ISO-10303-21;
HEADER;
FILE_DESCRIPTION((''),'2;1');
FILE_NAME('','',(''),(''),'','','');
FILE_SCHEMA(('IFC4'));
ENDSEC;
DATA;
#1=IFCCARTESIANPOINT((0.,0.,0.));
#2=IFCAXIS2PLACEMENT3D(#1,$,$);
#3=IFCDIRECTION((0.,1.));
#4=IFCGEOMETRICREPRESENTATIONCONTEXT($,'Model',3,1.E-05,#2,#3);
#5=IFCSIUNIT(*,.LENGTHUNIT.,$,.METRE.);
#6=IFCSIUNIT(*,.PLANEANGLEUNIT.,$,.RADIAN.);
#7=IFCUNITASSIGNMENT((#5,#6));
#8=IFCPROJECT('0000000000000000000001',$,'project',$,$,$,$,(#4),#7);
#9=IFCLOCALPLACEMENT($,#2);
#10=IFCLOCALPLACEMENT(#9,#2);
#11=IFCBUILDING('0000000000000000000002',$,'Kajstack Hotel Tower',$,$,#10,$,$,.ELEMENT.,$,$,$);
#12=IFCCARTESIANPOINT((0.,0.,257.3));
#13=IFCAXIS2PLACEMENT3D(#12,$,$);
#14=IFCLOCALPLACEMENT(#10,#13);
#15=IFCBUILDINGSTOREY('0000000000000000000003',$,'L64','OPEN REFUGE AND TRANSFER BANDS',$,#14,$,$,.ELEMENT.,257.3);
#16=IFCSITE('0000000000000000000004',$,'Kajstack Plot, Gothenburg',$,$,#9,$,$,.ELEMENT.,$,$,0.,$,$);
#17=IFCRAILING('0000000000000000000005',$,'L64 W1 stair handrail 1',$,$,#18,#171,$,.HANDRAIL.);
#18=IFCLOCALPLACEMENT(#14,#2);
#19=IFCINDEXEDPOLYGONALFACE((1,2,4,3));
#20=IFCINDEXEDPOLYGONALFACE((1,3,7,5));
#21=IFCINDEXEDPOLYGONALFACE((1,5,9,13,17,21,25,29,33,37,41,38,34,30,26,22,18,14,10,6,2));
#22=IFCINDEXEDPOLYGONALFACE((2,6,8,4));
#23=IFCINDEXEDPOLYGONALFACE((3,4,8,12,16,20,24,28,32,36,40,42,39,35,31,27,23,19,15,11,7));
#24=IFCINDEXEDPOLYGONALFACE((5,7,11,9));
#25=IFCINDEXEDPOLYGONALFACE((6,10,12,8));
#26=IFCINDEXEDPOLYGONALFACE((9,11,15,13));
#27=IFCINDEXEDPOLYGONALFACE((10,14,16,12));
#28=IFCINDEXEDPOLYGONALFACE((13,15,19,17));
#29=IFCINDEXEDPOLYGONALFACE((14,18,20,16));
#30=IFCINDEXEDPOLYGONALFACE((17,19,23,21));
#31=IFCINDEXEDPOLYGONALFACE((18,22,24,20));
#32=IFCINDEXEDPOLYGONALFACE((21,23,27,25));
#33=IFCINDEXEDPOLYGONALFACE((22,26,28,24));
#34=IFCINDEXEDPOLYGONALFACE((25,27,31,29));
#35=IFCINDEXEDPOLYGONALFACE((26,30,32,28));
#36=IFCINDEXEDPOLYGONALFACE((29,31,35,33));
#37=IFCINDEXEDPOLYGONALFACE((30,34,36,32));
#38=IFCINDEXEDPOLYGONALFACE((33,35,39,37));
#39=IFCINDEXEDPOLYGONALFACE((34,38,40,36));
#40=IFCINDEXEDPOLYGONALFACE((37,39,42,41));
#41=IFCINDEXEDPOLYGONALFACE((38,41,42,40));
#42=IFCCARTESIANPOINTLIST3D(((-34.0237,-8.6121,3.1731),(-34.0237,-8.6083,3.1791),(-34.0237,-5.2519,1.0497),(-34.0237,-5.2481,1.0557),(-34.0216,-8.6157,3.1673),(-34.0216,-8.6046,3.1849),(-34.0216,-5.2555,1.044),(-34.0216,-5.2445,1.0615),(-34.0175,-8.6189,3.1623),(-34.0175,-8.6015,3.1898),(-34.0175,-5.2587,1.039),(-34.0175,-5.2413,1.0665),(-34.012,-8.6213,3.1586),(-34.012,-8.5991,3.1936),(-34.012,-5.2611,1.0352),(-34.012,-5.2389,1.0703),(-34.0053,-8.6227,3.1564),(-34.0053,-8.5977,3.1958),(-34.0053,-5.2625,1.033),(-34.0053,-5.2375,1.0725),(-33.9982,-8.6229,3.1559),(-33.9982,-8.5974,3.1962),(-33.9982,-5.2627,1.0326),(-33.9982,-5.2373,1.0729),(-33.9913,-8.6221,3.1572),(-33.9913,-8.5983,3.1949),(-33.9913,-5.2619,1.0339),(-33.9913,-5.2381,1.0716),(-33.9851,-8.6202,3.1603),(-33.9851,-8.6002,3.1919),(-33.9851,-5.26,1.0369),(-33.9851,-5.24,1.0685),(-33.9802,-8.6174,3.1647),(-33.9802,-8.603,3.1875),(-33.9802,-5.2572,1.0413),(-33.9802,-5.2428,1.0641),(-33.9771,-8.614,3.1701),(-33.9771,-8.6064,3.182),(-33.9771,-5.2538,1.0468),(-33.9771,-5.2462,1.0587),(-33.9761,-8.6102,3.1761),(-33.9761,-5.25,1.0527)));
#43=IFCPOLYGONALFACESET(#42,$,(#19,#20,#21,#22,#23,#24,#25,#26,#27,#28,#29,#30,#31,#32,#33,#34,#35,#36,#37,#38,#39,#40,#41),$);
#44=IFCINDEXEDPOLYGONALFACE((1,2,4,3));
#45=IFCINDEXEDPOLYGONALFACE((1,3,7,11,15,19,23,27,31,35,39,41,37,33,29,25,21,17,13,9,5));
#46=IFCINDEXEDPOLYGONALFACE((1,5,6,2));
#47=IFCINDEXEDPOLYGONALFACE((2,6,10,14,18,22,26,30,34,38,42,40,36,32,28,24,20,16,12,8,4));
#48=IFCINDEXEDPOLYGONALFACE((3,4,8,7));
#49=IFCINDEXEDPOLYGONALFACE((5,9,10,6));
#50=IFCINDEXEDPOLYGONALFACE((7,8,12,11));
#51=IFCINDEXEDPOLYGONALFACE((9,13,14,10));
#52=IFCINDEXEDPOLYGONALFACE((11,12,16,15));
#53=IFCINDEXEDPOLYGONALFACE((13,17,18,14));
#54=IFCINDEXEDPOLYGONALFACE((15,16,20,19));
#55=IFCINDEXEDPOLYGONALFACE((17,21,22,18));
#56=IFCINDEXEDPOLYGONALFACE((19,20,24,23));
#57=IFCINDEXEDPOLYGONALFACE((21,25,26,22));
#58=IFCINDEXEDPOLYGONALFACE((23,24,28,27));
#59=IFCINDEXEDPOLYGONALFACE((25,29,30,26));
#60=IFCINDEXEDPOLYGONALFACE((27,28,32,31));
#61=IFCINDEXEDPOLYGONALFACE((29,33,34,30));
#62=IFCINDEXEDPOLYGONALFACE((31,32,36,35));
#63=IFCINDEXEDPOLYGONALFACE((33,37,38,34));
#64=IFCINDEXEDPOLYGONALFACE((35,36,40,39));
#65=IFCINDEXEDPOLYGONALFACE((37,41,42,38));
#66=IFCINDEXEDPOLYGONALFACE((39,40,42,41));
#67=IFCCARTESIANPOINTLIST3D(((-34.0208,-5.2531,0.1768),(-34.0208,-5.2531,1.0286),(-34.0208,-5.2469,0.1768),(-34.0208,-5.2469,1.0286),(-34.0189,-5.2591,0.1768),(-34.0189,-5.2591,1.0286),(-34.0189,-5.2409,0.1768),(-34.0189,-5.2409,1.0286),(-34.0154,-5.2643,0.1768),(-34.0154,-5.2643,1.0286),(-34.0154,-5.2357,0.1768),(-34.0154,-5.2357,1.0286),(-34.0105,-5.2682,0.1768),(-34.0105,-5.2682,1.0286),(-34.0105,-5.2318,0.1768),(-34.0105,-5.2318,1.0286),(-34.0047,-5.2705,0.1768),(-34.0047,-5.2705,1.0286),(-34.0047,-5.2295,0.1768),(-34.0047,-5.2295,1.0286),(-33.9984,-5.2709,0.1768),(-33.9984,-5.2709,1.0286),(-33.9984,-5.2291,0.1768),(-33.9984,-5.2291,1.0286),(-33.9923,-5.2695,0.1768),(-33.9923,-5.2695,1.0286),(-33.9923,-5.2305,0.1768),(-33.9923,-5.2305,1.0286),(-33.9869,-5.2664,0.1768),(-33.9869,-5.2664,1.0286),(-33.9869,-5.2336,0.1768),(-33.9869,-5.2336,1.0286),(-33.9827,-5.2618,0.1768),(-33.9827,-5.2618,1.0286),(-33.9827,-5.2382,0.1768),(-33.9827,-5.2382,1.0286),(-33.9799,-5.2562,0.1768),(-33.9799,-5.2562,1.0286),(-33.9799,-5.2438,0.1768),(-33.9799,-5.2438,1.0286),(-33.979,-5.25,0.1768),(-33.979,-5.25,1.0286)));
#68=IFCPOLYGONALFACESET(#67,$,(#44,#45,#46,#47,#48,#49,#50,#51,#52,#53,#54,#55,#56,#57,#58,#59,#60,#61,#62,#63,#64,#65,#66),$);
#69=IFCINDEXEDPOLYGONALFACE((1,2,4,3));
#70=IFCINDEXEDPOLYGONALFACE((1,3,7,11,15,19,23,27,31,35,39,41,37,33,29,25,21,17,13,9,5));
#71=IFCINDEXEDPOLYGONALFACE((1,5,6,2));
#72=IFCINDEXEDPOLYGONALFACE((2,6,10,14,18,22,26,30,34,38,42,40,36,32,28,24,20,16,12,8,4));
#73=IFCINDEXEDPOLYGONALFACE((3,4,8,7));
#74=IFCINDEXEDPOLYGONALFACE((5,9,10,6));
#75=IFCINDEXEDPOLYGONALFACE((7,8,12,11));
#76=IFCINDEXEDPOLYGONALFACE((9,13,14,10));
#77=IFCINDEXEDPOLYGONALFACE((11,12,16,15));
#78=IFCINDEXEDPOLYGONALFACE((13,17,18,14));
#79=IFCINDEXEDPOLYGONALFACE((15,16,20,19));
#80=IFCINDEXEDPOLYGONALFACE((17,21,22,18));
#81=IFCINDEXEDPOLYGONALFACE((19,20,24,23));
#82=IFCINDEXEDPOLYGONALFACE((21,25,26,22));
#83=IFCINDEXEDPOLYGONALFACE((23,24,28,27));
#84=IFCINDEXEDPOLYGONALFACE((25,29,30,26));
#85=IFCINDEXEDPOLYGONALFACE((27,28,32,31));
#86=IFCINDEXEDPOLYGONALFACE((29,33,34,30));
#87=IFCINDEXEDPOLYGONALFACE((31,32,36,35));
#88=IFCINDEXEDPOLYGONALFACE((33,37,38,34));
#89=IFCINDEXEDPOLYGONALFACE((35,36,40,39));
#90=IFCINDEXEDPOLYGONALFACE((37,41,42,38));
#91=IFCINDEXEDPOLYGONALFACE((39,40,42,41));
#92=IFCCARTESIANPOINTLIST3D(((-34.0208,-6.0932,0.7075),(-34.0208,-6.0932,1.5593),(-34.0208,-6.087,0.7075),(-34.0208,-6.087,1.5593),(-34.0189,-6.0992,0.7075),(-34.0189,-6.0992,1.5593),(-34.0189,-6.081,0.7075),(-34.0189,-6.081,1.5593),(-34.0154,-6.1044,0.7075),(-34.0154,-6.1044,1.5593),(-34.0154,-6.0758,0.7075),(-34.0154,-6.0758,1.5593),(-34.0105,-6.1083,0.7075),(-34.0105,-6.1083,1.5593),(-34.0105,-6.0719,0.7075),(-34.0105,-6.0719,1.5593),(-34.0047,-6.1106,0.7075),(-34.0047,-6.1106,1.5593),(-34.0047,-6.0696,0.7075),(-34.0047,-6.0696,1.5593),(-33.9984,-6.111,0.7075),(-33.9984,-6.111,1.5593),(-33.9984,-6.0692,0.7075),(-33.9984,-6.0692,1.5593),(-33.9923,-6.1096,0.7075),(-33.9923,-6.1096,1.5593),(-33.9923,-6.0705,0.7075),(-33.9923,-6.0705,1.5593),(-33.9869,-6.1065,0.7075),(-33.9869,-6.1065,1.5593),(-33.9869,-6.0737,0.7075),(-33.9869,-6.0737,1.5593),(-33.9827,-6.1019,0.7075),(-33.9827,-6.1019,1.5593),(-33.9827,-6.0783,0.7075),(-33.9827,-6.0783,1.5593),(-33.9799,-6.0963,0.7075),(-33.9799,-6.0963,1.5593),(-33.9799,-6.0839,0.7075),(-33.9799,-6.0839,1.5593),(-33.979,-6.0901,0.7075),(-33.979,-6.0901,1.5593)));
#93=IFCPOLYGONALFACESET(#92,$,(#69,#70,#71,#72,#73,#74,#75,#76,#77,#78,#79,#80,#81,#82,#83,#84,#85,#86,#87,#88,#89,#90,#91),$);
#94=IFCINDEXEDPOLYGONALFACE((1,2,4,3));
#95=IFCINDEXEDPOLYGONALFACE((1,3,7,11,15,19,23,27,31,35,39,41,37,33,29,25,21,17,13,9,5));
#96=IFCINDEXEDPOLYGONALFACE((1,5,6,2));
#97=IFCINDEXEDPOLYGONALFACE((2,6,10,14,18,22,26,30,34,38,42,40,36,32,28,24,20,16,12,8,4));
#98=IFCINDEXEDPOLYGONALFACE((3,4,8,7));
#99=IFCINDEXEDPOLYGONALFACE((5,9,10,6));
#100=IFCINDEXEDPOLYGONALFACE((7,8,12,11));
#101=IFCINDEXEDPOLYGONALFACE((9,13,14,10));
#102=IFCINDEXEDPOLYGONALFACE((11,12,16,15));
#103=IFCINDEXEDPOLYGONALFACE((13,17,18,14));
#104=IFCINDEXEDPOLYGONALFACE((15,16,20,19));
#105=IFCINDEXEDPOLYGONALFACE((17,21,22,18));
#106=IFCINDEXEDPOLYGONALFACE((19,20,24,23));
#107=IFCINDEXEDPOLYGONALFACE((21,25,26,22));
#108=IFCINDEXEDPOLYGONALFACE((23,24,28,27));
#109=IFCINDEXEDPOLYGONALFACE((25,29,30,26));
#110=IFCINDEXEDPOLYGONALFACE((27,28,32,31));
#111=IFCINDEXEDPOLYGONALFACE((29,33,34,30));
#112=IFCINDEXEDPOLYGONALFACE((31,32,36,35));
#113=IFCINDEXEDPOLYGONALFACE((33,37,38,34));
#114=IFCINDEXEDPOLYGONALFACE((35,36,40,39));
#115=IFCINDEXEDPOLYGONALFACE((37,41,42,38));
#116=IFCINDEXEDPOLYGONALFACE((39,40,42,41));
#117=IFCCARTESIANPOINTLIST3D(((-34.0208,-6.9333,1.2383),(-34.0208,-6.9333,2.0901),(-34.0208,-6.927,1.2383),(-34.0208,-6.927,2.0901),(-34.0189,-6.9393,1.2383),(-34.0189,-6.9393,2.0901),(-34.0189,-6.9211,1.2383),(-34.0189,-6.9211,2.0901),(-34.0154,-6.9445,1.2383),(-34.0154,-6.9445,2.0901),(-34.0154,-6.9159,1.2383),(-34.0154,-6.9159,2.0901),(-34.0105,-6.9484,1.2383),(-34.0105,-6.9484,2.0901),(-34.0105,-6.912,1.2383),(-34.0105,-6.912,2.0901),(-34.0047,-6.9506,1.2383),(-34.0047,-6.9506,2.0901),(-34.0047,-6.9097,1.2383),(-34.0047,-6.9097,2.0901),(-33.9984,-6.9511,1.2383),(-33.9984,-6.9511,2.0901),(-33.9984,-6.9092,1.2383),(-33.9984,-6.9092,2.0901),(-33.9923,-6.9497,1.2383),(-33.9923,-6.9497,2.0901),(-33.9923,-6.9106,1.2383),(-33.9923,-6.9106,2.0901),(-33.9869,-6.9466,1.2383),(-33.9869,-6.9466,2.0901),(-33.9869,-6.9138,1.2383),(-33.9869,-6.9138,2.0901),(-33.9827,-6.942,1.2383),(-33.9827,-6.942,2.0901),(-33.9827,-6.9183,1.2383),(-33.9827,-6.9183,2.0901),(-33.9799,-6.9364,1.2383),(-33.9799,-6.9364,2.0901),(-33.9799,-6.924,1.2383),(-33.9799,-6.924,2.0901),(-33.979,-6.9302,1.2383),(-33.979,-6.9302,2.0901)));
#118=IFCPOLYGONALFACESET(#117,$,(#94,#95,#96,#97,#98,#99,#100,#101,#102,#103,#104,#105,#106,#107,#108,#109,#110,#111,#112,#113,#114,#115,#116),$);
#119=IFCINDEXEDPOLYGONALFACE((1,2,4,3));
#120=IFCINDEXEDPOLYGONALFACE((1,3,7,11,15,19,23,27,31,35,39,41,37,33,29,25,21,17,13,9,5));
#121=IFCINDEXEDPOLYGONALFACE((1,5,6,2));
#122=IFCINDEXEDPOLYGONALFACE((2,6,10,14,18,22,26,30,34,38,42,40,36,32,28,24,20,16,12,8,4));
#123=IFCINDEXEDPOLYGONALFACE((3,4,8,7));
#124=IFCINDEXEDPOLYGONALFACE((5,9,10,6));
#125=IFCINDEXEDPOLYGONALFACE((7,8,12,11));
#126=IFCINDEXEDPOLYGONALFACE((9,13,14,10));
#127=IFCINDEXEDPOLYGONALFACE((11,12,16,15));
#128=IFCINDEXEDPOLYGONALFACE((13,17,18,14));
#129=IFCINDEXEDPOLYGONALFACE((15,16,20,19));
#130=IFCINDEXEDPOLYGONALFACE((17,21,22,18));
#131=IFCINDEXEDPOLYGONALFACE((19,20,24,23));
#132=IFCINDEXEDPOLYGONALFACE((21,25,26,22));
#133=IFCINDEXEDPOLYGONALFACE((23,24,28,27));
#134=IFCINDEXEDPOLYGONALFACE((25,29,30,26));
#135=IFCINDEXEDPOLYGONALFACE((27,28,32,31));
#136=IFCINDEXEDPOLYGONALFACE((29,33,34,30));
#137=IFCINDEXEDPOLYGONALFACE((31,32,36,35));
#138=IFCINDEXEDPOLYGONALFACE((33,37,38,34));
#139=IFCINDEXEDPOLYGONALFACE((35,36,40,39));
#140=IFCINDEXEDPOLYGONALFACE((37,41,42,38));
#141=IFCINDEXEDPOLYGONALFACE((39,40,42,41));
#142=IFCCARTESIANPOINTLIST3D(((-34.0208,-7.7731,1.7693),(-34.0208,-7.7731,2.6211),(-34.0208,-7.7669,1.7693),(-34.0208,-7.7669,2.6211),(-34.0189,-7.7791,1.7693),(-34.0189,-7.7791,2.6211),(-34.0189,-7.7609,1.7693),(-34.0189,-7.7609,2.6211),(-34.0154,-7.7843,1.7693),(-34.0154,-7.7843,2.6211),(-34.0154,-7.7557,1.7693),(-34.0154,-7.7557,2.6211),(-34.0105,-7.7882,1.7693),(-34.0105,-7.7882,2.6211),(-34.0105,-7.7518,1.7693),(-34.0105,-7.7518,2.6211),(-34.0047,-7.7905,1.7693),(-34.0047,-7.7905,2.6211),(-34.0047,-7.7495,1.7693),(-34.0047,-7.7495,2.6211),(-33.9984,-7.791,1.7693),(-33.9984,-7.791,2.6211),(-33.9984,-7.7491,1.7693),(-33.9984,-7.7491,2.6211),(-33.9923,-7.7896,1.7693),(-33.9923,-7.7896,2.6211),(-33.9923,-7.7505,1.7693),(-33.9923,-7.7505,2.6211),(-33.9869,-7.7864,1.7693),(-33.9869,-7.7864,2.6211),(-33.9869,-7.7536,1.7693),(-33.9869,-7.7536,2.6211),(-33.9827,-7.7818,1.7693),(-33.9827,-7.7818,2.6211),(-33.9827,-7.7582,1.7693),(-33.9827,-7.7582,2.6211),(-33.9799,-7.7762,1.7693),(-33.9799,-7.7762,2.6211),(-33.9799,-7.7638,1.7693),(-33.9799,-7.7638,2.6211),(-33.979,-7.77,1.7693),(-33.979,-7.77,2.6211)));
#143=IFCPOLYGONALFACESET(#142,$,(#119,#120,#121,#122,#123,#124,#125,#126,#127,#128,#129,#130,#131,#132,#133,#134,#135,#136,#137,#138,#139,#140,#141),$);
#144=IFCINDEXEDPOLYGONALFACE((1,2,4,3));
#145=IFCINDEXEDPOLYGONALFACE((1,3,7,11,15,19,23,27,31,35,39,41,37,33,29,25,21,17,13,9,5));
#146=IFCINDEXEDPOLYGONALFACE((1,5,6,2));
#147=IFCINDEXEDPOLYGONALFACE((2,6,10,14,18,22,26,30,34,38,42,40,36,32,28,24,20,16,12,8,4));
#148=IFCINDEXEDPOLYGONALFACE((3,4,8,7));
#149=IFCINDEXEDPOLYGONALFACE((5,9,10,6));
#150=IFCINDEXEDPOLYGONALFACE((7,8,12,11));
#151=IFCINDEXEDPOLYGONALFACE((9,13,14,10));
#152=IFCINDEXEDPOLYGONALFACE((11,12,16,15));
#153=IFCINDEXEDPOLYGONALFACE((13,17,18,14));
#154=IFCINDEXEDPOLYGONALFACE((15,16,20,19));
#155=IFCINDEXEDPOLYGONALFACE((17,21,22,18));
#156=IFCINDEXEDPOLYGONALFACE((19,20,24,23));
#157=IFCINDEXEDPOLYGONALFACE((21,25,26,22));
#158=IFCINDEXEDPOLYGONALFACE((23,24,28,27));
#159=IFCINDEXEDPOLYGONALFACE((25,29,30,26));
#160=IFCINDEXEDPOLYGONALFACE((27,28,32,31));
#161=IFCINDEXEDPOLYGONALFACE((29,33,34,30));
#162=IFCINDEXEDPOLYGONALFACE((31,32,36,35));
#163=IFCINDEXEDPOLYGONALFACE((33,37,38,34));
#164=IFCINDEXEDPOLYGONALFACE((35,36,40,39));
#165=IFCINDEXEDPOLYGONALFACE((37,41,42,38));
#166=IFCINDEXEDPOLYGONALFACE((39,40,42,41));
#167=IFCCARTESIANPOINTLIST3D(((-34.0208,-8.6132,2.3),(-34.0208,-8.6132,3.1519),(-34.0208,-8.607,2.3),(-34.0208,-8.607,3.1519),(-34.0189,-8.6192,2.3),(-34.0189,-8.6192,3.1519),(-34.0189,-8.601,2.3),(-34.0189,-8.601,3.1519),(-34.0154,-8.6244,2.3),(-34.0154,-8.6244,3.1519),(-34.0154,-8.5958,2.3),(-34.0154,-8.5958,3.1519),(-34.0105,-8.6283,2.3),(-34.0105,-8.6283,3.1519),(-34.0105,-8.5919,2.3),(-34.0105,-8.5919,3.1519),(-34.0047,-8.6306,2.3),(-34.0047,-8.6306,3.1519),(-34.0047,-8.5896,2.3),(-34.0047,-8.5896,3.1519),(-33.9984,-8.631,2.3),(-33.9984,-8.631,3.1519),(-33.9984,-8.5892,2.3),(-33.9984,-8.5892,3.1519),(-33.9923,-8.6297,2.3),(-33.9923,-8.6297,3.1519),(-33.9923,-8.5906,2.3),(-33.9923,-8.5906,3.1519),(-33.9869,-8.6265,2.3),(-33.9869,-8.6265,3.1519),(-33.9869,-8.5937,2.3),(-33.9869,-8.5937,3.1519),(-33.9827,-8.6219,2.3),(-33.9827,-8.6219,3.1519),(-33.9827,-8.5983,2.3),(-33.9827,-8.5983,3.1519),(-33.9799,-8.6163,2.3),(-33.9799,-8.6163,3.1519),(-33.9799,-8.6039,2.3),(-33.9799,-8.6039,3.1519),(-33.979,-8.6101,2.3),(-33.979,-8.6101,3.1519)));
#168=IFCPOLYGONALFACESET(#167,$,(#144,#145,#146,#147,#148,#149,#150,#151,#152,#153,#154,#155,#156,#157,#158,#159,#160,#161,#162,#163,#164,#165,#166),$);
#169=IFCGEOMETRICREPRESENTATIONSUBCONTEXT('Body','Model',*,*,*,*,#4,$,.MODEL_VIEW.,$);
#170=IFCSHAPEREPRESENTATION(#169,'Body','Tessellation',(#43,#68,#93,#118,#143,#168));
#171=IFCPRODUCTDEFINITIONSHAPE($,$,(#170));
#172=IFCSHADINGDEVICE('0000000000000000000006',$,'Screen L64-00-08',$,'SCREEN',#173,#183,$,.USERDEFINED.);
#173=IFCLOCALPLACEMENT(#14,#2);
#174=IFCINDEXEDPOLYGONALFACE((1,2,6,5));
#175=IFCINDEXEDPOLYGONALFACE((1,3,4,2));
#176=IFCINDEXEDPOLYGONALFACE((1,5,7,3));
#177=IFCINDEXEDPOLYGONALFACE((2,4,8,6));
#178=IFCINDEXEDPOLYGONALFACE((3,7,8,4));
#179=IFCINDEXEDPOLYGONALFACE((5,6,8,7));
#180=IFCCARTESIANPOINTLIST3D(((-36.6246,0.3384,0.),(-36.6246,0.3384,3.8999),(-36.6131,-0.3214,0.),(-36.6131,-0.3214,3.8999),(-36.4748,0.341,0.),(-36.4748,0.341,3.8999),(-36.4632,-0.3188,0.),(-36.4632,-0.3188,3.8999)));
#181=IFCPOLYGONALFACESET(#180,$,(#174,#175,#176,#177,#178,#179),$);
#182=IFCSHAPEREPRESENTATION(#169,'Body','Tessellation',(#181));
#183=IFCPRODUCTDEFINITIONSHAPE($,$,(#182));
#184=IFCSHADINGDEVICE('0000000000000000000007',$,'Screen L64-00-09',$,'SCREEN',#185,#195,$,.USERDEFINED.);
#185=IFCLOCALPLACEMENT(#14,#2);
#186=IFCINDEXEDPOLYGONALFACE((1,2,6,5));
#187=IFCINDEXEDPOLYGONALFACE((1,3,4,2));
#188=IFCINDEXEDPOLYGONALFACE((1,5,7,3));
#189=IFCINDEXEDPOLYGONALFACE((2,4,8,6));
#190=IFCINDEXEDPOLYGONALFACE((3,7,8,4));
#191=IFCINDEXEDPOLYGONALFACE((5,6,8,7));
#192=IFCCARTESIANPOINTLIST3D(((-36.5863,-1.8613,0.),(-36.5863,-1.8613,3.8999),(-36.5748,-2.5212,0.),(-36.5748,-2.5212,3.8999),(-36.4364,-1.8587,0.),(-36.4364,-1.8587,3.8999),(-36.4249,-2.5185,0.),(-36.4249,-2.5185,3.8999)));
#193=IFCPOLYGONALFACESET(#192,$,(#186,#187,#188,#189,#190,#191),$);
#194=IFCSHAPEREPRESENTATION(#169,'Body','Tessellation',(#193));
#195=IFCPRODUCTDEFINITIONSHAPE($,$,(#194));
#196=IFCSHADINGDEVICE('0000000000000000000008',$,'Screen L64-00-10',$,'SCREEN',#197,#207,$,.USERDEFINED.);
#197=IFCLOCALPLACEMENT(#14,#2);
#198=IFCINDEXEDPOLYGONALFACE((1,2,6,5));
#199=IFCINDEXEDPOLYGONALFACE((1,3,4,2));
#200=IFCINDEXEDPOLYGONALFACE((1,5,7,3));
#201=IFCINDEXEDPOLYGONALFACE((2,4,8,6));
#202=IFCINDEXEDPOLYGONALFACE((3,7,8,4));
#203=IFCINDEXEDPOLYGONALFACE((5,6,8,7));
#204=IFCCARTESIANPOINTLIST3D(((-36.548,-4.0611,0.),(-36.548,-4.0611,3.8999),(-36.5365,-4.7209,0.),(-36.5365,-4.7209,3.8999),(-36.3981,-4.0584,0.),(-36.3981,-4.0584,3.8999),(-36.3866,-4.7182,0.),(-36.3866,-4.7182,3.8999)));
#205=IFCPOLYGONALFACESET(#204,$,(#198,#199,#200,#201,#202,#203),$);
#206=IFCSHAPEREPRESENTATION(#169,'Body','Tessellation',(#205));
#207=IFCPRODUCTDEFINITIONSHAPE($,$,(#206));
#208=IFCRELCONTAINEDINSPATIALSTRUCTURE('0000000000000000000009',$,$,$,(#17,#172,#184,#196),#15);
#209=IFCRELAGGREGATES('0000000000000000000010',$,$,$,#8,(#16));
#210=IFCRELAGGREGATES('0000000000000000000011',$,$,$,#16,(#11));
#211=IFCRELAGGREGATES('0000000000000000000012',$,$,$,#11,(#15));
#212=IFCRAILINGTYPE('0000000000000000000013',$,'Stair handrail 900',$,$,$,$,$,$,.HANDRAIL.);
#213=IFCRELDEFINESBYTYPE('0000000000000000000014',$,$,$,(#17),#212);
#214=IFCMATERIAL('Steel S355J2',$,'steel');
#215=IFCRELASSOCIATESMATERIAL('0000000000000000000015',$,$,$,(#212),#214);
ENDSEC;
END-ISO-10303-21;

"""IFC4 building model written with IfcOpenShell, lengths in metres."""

from ifc_helpers import new_model, si_unit, direction, frame, origin, origin_2d, place, context, subcontext, project, spatial, rectangle, circle, extrude, material, type_object, element, save


model = new_model("IFC4")

# Units and contexts
model_context = context("Model", 3, precision=1e-05, world=origin(), true_north=direction((0.0, 1.0)))
body_context = subcontext(model_context, "Body", "Model", "MODEL_VIEW")
ifc_project = project(units=[si_unit("LENGTHUNIT", "METRE"), si_unit("PLANEANGLEUNIT", "RADIAN")], contexts=[model_context])

# Site, building, storey
site_placement = place(None, origin())
site = spatial("IfcSite", under=ifc_project, at=site_placement, Name="Kajstack Plot, Gothenburg", CompositionType="ELEMENT", RefElevation=0.0)
building_placement = place(site_placement, origin())
building = spatial("IfcBuilding", under=site, at=building_placement, Name="Kajstack Hotel Tower", CompositionType="ELEMENT")
storey_placement = place(building_placement, frame((0.0, 0.0, 257.3)))
storey = spatial("IfcBuildingStorey", under=building, at=storey_placement, Name="L64", Description="OPEN REFUGE AND TRANSFER BANDS", CompositionType="ELEMENT", Elevation=257.3)

# Shared definitions
ifc_material_1 = material(Name="Steel S355J2", Category="steel")

# Railing
railing_type_1 = type_object("IfcRailingType", Name="Stair handrail 900", PredefinedType="HANDRAIL", material=ifc_material_1)
railing_1_placement = place(storey_placement, frame((-34.0, -5.25, 0.1768)))
element("IfcRailing", 1, at=railing_1_placement, inside=storey, type_object=railing_type_1, Name="L64 W1 stair handrail 1", PredefinedType="HANDRAIL", context=body_context, shape_type="SweptSolid", body=[
    extrude(circle(Radius=0.0239, at=origin_2d()), frame((0.0, 0.0, 0.876), z_axis=(0.0, -0.845362, 0.534194), x_axis=(1.0, 0.0, 0.0)), (0.0, 0.0, 1.0), 3.9749),
    extrude(circle(Radius=0.021, at=origin_2d()), origin(), (0.0, 0.0, 1.0), 0.8518),
    extrude(circle(Radius=0.021, at=origin_2d()), frame((0.0, -0.8401, 0.5308)), (0.0, 0.0, 1.0), 0.8518),
    extrude(circle(Radius=0.021, at=origin_2d()), frame((0.0, -1.6802, 1.0615)), (0.0, 0.0, 1.0), 0.8518),
    extrude(circle(Radius=0.021, at=origin_2d()), frame((0.0, -2.52, 1.5925)), (0.0, 0.0, 1.0), 0.8518),
    extrude(circle(Radius=0.021, at=origin_2d()), frame((0.0, -3.3601, 2.1233)), (0.0, 0.0, 1.0), 0.8518),
])

# Shading devices
for number, where, z_axis, x_axis, name in (
    (2, (-36.5439, 0.0098, 0.0), (0.0, 0.0, 1.0), (0.017455, -0.999848, 0.0), "Screen L64-00-08"),
    (3, (-36.5056, -2.1899, 0.0), (0.0, 0.0, 1.0), (0.017455, -0.999848, 0.0), "Screen L64-00-09"),
    (4, (-36.4673, -4.3896, 0.0), (0.0, 0.0, 1.0), (0.017455, -0.999848, 0.0), "Screen L64-00-10"),
):
    element("IfcShadingDevice", number, at=place(storey_placement, frame(where, z_axis=z_axis, x_axis=x_axis)), inside=storey, Name=name, ObjectType="SCREEN", PredefinedType="USERDEFINED", context=body_context, shape_type="SweptSolid", body=[
        extrude(rectangle(XDim=0.6599, YDim=0.1499, at=origin_2d()), origin(), (0.0, 0.0, 1.0), 3.8999),
    ])

save(model, "model.ifc")
